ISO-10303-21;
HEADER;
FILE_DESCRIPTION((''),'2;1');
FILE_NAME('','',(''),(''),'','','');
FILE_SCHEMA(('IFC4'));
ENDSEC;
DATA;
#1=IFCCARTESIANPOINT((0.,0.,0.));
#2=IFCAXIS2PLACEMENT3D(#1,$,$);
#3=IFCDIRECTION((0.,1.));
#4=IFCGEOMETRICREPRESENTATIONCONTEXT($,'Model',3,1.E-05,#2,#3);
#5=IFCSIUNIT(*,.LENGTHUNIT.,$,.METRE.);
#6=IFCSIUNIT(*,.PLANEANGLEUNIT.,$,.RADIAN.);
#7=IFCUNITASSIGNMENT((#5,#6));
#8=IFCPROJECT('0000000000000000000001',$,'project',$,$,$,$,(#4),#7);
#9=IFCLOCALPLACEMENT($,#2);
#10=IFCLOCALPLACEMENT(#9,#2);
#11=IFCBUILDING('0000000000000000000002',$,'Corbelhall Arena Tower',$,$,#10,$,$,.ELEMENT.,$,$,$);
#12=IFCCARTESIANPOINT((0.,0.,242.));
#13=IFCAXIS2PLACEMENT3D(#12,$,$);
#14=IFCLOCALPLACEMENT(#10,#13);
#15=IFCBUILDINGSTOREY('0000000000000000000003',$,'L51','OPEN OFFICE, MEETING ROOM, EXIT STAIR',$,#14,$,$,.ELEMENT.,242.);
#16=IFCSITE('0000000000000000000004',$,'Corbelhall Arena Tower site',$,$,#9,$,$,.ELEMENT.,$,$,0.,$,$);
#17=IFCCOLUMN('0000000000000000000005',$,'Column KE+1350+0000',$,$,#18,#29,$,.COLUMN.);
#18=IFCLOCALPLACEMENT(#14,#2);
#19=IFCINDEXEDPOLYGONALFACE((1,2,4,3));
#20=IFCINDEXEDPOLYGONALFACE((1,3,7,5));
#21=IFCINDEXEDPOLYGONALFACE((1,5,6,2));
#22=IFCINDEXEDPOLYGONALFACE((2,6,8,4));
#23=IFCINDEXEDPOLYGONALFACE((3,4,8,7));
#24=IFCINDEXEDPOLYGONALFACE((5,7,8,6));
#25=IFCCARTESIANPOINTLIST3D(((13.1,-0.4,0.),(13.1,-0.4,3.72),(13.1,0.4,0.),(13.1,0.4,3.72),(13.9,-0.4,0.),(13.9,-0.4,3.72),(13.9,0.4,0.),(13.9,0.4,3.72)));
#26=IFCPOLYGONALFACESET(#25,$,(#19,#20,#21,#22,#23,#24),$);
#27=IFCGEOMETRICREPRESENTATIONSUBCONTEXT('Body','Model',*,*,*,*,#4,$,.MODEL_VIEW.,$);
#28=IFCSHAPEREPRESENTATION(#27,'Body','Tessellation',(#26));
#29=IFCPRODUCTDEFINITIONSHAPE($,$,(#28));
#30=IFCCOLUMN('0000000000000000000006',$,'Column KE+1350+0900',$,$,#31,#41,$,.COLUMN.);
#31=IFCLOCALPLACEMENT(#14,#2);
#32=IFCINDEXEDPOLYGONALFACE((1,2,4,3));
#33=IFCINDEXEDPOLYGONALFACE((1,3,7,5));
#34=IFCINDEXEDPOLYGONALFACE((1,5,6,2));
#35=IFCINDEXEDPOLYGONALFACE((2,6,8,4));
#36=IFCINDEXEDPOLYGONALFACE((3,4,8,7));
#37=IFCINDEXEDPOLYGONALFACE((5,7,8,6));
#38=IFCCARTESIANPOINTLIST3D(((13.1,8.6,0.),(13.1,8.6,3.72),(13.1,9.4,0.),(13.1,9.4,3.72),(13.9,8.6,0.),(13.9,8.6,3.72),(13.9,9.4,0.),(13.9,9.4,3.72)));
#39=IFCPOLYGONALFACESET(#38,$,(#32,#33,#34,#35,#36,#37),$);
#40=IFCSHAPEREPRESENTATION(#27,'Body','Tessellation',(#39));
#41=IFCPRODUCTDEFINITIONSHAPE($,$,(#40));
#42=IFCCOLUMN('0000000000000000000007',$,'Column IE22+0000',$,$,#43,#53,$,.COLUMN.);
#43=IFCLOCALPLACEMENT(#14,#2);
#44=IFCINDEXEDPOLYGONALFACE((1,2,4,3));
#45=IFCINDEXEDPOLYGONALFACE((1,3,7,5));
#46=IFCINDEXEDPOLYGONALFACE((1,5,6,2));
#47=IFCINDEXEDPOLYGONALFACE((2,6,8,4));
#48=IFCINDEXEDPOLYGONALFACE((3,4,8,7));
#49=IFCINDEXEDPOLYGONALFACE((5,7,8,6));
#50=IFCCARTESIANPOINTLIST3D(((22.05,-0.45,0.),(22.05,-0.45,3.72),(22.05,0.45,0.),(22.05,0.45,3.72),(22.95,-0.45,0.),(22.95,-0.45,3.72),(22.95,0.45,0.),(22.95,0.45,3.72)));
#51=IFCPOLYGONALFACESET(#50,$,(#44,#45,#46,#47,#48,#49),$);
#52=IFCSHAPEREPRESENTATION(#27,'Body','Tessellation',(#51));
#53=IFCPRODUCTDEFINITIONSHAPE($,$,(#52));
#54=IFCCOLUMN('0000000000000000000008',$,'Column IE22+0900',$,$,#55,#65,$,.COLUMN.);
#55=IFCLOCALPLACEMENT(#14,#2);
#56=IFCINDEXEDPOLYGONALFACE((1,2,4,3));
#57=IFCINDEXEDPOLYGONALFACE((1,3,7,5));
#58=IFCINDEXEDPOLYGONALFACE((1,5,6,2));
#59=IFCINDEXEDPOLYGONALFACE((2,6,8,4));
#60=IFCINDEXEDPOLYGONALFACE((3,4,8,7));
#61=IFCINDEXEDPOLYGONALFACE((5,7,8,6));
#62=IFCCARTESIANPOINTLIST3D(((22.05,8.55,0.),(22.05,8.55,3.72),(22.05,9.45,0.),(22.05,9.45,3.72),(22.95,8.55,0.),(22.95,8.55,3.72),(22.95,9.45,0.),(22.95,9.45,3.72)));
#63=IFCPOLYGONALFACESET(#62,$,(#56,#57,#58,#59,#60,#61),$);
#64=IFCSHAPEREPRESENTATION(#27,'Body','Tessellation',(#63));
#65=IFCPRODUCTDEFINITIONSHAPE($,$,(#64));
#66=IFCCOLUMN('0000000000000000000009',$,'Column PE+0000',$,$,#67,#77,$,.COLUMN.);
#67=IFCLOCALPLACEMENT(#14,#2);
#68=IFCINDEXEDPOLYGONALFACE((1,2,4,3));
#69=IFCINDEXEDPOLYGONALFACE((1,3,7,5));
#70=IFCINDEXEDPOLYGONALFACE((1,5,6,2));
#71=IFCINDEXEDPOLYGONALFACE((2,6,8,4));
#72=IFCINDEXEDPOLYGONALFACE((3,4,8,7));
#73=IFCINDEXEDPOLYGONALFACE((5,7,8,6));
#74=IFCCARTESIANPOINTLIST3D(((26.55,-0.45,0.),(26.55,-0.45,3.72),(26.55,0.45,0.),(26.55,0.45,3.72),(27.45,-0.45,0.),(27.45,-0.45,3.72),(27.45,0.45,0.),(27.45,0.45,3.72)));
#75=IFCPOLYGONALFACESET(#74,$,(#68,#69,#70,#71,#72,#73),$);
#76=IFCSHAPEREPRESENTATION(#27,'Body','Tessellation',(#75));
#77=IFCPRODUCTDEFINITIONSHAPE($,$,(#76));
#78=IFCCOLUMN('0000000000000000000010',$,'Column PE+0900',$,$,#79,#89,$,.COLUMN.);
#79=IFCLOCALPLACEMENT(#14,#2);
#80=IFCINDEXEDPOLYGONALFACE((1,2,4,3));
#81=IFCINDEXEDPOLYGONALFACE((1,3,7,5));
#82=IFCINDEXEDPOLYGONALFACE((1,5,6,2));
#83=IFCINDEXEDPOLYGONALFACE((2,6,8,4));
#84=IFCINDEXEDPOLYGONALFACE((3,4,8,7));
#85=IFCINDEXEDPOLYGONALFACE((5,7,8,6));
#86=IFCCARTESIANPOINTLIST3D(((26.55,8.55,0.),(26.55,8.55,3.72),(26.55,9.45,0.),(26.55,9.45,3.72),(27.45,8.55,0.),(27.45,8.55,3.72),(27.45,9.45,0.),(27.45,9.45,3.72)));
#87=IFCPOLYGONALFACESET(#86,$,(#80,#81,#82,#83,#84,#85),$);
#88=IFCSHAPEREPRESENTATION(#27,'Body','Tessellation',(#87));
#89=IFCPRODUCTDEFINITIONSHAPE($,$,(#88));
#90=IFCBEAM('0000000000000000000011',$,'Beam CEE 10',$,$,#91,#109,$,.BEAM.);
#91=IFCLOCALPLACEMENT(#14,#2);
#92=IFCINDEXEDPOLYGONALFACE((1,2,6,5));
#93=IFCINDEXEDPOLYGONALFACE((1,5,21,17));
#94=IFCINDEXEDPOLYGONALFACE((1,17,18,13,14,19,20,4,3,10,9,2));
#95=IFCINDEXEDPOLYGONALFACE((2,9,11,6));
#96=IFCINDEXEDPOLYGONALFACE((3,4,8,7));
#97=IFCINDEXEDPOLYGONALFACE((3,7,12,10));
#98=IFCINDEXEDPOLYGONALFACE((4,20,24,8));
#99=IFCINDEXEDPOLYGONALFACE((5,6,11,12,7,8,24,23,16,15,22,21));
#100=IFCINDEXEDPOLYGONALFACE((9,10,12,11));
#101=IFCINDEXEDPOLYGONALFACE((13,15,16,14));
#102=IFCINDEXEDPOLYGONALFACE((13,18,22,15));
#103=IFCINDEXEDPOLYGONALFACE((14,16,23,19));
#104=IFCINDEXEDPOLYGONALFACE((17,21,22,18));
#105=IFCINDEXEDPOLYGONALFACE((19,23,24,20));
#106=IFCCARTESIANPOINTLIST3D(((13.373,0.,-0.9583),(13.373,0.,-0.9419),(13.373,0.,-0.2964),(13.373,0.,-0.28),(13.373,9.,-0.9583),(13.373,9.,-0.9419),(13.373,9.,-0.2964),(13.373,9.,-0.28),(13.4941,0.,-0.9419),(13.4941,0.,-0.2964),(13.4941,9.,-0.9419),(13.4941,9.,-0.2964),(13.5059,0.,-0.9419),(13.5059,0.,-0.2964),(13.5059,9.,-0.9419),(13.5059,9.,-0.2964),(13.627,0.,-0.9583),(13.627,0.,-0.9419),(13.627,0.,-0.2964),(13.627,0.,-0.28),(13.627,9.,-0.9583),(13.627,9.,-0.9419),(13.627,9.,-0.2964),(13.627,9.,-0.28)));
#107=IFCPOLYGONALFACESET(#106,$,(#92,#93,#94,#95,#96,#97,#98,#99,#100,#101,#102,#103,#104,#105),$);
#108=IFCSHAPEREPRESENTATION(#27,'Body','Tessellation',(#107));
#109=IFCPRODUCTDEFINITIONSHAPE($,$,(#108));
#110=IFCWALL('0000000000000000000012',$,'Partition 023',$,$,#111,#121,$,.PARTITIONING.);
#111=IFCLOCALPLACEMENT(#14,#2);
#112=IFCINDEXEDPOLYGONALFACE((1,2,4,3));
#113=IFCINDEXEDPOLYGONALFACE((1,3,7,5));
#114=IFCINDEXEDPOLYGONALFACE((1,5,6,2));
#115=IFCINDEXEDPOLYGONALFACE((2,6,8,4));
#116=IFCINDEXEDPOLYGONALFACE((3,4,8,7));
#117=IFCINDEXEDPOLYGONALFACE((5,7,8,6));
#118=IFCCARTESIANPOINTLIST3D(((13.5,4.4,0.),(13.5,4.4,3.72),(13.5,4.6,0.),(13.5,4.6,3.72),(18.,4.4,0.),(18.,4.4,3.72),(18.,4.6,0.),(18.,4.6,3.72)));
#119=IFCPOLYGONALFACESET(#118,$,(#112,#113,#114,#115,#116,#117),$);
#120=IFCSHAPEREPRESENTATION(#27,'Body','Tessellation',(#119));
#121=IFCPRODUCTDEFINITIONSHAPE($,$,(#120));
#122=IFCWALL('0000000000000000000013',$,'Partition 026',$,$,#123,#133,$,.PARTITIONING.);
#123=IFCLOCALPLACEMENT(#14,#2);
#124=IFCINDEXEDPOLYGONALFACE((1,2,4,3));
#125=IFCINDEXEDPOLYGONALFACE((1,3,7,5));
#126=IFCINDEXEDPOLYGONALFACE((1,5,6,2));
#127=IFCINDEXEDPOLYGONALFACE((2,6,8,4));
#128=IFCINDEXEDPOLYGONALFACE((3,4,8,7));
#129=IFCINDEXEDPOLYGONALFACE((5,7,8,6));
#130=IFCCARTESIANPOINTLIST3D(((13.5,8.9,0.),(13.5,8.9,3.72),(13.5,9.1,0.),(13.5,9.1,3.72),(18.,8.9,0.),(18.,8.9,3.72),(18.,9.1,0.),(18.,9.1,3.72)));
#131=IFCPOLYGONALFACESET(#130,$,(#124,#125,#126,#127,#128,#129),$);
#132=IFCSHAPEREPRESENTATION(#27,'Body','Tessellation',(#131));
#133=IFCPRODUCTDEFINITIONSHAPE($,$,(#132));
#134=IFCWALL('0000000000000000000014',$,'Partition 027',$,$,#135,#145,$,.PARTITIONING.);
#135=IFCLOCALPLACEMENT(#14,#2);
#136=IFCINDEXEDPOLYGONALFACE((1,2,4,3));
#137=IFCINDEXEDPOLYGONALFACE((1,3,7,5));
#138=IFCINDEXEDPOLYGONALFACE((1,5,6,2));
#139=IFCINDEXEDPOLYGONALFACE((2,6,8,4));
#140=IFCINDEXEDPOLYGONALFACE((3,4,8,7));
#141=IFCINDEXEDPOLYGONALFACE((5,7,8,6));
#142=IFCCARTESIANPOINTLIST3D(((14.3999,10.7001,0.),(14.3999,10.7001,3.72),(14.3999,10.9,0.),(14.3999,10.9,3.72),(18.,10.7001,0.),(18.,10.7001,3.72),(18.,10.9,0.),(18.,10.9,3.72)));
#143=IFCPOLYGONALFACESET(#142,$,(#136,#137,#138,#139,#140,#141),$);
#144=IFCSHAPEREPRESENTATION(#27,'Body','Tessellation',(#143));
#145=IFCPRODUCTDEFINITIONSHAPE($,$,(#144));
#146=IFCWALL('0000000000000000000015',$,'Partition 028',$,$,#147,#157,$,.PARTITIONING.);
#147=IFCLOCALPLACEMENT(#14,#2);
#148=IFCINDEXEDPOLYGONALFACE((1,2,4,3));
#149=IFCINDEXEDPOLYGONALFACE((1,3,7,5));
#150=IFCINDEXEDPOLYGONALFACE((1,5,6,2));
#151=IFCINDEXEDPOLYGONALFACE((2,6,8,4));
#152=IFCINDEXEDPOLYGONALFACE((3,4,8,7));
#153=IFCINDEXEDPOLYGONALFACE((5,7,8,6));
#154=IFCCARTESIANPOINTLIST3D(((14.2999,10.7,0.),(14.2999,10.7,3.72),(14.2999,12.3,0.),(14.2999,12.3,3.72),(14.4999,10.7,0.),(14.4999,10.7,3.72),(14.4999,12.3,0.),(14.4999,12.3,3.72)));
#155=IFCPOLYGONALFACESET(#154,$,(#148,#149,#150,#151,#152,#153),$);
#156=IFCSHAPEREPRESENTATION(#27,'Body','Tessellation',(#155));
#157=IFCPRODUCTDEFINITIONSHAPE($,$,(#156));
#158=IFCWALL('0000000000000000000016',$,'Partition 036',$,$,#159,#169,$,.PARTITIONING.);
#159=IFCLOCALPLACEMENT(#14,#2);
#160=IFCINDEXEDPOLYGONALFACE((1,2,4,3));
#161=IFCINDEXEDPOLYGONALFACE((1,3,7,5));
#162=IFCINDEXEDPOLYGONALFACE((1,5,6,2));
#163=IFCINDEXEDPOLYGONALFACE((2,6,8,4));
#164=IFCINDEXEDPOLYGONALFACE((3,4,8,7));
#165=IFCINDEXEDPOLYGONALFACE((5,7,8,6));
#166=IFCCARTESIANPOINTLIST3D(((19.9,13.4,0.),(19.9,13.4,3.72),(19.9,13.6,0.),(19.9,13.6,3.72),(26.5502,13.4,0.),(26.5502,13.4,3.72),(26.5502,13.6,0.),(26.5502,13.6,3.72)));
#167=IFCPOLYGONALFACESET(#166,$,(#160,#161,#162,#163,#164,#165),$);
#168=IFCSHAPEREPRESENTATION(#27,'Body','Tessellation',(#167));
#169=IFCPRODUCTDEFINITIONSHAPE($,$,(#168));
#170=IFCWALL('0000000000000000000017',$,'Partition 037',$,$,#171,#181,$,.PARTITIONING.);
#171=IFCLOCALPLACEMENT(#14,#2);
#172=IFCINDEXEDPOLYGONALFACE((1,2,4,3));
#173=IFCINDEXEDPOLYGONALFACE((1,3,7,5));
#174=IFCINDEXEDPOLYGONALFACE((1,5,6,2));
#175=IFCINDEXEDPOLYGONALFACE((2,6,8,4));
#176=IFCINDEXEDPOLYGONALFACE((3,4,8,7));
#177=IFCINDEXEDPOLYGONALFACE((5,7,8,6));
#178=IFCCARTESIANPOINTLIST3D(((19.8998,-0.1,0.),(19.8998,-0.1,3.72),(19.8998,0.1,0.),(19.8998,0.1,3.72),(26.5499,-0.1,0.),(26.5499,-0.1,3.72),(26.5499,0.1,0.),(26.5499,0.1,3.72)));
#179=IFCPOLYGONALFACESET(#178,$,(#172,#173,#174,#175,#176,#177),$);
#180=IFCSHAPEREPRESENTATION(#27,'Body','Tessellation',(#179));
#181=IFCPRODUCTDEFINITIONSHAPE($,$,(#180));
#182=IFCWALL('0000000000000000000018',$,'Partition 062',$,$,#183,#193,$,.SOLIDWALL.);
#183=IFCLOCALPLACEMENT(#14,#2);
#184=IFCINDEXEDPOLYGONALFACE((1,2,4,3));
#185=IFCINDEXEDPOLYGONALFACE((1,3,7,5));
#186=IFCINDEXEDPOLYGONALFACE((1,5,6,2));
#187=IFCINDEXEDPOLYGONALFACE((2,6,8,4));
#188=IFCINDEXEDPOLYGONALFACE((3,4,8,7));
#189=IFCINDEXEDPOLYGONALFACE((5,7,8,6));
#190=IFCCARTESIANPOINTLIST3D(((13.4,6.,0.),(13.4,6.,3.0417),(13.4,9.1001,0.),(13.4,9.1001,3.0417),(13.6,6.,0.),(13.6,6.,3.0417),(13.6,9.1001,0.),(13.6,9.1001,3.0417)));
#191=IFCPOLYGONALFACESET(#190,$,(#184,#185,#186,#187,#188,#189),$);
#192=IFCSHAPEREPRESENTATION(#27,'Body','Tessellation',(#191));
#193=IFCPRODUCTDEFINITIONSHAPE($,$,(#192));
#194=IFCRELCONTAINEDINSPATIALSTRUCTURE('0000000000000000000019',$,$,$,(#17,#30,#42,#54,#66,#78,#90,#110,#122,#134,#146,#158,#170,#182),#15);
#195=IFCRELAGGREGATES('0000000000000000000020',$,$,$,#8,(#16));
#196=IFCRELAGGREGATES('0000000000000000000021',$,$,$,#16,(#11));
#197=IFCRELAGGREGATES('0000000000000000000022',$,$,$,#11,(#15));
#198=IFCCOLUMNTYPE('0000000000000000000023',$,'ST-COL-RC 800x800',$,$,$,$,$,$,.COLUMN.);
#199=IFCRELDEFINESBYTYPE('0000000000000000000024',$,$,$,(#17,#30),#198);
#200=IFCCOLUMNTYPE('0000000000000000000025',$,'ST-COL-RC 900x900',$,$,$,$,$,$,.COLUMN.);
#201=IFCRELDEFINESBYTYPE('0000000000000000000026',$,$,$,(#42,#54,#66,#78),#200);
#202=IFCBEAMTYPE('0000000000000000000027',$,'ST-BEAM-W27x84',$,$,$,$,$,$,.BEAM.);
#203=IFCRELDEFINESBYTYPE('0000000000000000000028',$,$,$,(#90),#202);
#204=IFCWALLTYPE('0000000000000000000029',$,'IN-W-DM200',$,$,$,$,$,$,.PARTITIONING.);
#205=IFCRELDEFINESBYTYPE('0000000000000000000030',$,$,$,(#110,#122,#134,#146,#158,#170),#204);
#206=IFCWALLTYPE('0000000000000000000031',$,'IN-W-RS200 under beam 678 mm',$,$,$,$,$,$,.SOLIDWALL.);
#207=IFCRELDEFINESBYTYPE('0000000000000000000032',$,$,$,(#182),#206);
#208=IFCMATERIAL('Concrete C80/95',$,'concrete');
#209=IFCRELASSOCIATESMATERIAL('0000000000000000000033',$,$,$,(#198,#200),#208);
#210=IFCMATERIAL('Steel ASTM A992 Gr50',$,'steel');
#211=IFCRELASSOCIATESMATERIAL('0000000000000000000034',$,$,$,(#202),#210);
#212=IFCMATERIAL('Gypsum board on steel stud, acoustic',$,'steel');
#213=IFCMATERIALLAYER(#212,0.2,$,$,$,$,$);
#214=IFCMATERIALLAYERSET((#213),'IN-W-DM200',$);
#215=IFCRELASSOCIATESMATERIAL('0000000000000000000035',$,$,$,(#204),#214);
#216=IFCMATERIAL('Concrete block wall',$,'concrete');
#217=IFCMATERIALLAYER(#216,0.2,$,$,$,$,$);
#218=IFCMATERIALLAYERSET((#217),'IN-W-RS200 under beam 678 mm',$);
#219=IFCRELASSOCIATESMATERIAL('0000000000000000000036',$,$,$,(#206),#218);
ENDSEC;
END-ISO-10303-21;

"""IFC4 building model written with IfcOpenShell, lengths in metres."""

from ifc_helpers import new_model, si_unit, direction, frame, frame_2d, origin, origin_2d, place, context, subcontext, project, spatial, rectangle, i_section, extrude, material, layer, layer_set, material_profile, profile_set, type_object, element, save


model = new_model("IFC4")

# Units and contexts
model_context = context("Model", 3, precision=1e-05, world=origin(), true_north=direction((0.0, 1.0)))
body_context = subcontext(model_context, "Body", "Model", "MODEL_VIEW")
ifc_project = project(units=[si_unit("LENGTHUNIT", "METRE"), si_unit("PLANEANGLEUNIT", "RADIAN")], contexts=[model_context])

# Site, building, storey
site_placement = place(None, origin())
site = spatial("IfcSite", under=ifc_project, at=site_placement, Name="Corbelhall Arena Tower site", CompositionType="ELEMENT", RefElevation=0.0)
building_placement = place(site_placement, origin())
building = spatial("IfcBuilding", under=site, at=building_placement, Name="Corbelhall Arena Tower", CompositionType="ELEMENT")
storey_placement = place(building_placement, frame((0.0, 0.0, 242.0)))
storey = spatial("IfcBuildingStorey", under=building, at=storey_placement, Name="L51", Description="OPEN OFFICE, MEETING ROOM, EXIT STAIR", CompositionType="ELEMENT", Elevation=242.0)

# Columns
ifc_material_1 = material(Name="Concrete C80/95", Category="concrete")
ifc_material_profile_1 = material_profile(ifc_material_1, rectangle(XDim=0.8, YDim=0.8, at=origin_2d()))
ifc_profile_set_1 = profile_set([ifc_material_profile_1], Name="Concrete C80/95")
column_type_1 = type_object("IfcColumnType", Name="ST-COL-RC 800x800", PredefinedType="COLUMN", material=ifc_profile_set_1)
for number, where, z_axis, x_axis, name in (
    (1, (13.5, 0.0, 0.0), (0.0, 0.0, 1.0), (1.0, 0.0, 0.0), "Column KE+1350+0000"),
    (2, (13.5, 9.0, 0.0), (0.0, 0.0, 1.0), (1.0, 0.0, 0.0), "Column KE+1350+0900"),
):
    element("IfcColumn", number, at=place(storey_placement, frame(where, z_axis=z_axis, x_axis=x_axis)), inside=storey, type_object=column_type_1, Name=name, PredefinedType="COLUMN", context=body_context, shape_type="SweptSolid", body=[
        extrude(rectangle(XDim=0.8, YDim=0.8, at=origin_2d()), origin(), (0.0, 0.0, 1.0), 3.72),
    ])
ifc_material_profile_2 = material_profile(ifc_material_1, rectangle(XDim=0.8999, YDim=0.8999, at=origin_2d()))
ifc_profile_set_2 = profile_set([ifc_material_profile_2], Name="Concrete C80/95")
column_type_2 = type_object("IfcColumnType", Name="ST-COL-RC 900x900", PredefinedType="COLUMN", material=ifc_profile_set_2)
for number, where, z_axis, x_axis, name in (
    (3, (22.5, 0.0, 0.0), (0.0, 0.0, 1.0), (1.0, 0.0, 0.0), "Column IE22+0000"),
    (4, (22.5, 9.0, 0.0), (0.0, 0.0, 1.0), (1.0, 0.0, 0.0), "Column IE22+0900"),
    (5, (27.0, 0.0, 0.0), (0.0, 0.0, 1.0), (0.0, 1.0, 0.0), "Column PE+0000"),
    (6, (27.0, 9.0, 0.0), (0.0, 0.0, 1.0), (0.0, 1.0, 0.0), "Column PE+0900"),
):
    element("IfcColumn", number, at=place(storey_placement, frame(where, z_axis=z_axis, x_axis=x_axis)), inside=storey, type_object=column_type_2, Name=name, PredefinedType="COLUMN", context=body_context, shape_type="SweptSolid", body=[
        extrude(rectangle(XDim=0.8999, YDim=0.8999, at=origin_2d()), origin(), (0.0, 0.0, 1.0), 3.72),
    ])

# Beam
ifc_material_2 = material(Name="Steel ASTM A992 Gr50", Category="steel")
ifc_material_profile_3 = material_profile(ifc_material_2, i_section(OverallWidth=0.2539, OverallDepth=0.6782, WebThickness=0.0117, FlangeThickness=0.0164, at=origin_2d()))
ifc_profile_set_3 = profile_set([ifc_material_profile_3], Name="Steel ASTM A992 Gr50")
beam_type = type_object("IfcBeamType", Name="ST-BEAM-W27x84", PredefinedType="BEAM", material=ifc_profile_set_3)
beam_placement = place(storey_placement, frame((13.5, 0.0, -0.6191), z_axis=(0.0, 1.0, 0.0), x_axis=(-1.0, 0.0, 0.0)))
element("IfcBeam", 7, at=beam_placement, inside=storey, type_object=beam_type, Name="Beam CEE 10", PredefinedType="BEAM", context=body_context, shape_type="SweptSolid", body=[
    extrude(i_section(OverallWidth=0.2539, OverallDepth=0.6782, WebThickness=0.0117, FlangeThickness=0.0164, at=origin_2d()), origin(), (0.0, 0.0, 1.0), 9.0),
])

# Walls
ifc_material_3 = material(Name="Gypsum board on steel stud, acoustic", Category="steel")
ifc_layer_1 = layer(ifc_material_3, 0.2)
ifc_layer_set_1 = layer_set([ifc_layer_1], Name="IN-W-DM200")
wall_type_1 = type_object("IfcWallType", Name="IN-W-DM200", PredefinedType="PARTITIONING", material=ifc_layer_set_1)
for number, where, z_axis, x_axis, name in (
    (8, (13.5, 4.5, 0.0), (0.0, 0.0, 1.0), (1.0, 0.0, 0.0), "Partition 023"),
    (9, (18.0, 9.0, 0.0), (0.0, 0.0, 1.0), (-1.0, 0.0, 0.0), "Partition 026"),
):
    element("IfcWall", number, at=place(storey_placement, frame(where, z_axis=z_axis, x_axis=x_axis)), inside=storey, type_object=wall_type_1, Name=name, PredefinedType="PARTITIONING", context=body_context, shape_type="SweptSolid", body=[
        extrude(rectangle(XDim=4.5, YDim=0.2, at=frame_2d((2.25, 0.0))), origin(), (0.0, 0.0, 1.0), 3.72),
    ])
wall_1_placement = place(storey_placement, frame((14.3999, 10.8, 0.0), z_axis=(0.0, 0.0, 1.0), x_axis=(1.0, 0.0, 0.0)))
element("IfcWall", 10, at=wall_1_placement, inside=storey, type_object=wall_type_1, Name="Partition 027", PredefinedType="PARTITIONING", context=body_context, shape_type="SweptSolid", body=[
    extrude(rectangle(XDim=3.6001, YDim=0.2, at=frame_2d((1.8, 0.0))), origin(), (0.0, 0.0, 1.0), 3.72),
])
wall_2_placement = place(storey_placement, frame((14.3999, 12.3, 0.0), z_axis=(0.0, 0.0, 1.0), x_axis=(0.0, -1.0, 0.0)))
element("IfcWall", 11, at=wall_2_placement, inside=storey, type_object=wall_type_1, Name="Partition 028", PredefinedType="PARTITIONING", context=body_context, shape_type="SweptSolid", body=[
    extrude(rectangle(XDim=1.6001, YDim=0.2, at=frame_2d((0.8, 0.0))), origin(), (0.0, 0.0, 1.0), 3.72),
])

# Walls
for number, where, z_axis, x_axis, name in (
    (12, (19.8999, 13.5, 0.0), (0.0, 0.0, 1.0), (1.0, 0.0, 0.0), "Partition 036"),
    (13, (26.55, 0.0, 0.0), (0.0, 0.0, 1.0), (-1.0, 0.0, 0.0), "Partition 037"),
):
    element("IfcWall", number, at=place(storey_placement, frame(where, z_axis=z_axis, x_axis=x_axis)), inside=storey, type_object=wall_type_1, Name=name, PredefinedType="PARTITIONING", context=body_context, shape_type="SweptSolid", body=[
        extrude(rectangle(XDim=6.6501, YDim=0.2, at=frame_2d((3.3252, 0.0))), origin(), (0.0, 0.0, 1.0), 3.72),
    ])
ifc_material_4 = material(Name="Concrete block wall", Category="concrete")
ifc_layer_2 = layer(ifc_material_4, 0.2)
ifc_layer_set_2 = layer_set([ifc_layer_2], Name="IN-W-RS200 under beam 678 mm")
wall_type_2 = type_object("IfcWallType", Name="IN-W-RS200 under beam 678 mm", PredefinedType="SOLIDWALL", material=ifc_layer_set_2)
wall_3_placement = place(storey_placement, frame((13.5, 9.1001, 0.0), z_axis=(0.0, 0.0, 1.0), x_axis=(0.0, -1.0, 0.0)))
element("IfcWall", 14, at=wall_3_placement, inside=storey, type_object=wall_type_2, Name="Partition 062", PredefinedType="SOLIDWALL", context=body_context, shape_type="SweptSolid", body=[
    extrude(rectangle(XDim=3.1001, YDim=0.2, at=frame_2d((1.55, 0.0))), origin(), (0.0, 0.0, 1.0), 3.0417),
])

save(model, "model.ifc")
